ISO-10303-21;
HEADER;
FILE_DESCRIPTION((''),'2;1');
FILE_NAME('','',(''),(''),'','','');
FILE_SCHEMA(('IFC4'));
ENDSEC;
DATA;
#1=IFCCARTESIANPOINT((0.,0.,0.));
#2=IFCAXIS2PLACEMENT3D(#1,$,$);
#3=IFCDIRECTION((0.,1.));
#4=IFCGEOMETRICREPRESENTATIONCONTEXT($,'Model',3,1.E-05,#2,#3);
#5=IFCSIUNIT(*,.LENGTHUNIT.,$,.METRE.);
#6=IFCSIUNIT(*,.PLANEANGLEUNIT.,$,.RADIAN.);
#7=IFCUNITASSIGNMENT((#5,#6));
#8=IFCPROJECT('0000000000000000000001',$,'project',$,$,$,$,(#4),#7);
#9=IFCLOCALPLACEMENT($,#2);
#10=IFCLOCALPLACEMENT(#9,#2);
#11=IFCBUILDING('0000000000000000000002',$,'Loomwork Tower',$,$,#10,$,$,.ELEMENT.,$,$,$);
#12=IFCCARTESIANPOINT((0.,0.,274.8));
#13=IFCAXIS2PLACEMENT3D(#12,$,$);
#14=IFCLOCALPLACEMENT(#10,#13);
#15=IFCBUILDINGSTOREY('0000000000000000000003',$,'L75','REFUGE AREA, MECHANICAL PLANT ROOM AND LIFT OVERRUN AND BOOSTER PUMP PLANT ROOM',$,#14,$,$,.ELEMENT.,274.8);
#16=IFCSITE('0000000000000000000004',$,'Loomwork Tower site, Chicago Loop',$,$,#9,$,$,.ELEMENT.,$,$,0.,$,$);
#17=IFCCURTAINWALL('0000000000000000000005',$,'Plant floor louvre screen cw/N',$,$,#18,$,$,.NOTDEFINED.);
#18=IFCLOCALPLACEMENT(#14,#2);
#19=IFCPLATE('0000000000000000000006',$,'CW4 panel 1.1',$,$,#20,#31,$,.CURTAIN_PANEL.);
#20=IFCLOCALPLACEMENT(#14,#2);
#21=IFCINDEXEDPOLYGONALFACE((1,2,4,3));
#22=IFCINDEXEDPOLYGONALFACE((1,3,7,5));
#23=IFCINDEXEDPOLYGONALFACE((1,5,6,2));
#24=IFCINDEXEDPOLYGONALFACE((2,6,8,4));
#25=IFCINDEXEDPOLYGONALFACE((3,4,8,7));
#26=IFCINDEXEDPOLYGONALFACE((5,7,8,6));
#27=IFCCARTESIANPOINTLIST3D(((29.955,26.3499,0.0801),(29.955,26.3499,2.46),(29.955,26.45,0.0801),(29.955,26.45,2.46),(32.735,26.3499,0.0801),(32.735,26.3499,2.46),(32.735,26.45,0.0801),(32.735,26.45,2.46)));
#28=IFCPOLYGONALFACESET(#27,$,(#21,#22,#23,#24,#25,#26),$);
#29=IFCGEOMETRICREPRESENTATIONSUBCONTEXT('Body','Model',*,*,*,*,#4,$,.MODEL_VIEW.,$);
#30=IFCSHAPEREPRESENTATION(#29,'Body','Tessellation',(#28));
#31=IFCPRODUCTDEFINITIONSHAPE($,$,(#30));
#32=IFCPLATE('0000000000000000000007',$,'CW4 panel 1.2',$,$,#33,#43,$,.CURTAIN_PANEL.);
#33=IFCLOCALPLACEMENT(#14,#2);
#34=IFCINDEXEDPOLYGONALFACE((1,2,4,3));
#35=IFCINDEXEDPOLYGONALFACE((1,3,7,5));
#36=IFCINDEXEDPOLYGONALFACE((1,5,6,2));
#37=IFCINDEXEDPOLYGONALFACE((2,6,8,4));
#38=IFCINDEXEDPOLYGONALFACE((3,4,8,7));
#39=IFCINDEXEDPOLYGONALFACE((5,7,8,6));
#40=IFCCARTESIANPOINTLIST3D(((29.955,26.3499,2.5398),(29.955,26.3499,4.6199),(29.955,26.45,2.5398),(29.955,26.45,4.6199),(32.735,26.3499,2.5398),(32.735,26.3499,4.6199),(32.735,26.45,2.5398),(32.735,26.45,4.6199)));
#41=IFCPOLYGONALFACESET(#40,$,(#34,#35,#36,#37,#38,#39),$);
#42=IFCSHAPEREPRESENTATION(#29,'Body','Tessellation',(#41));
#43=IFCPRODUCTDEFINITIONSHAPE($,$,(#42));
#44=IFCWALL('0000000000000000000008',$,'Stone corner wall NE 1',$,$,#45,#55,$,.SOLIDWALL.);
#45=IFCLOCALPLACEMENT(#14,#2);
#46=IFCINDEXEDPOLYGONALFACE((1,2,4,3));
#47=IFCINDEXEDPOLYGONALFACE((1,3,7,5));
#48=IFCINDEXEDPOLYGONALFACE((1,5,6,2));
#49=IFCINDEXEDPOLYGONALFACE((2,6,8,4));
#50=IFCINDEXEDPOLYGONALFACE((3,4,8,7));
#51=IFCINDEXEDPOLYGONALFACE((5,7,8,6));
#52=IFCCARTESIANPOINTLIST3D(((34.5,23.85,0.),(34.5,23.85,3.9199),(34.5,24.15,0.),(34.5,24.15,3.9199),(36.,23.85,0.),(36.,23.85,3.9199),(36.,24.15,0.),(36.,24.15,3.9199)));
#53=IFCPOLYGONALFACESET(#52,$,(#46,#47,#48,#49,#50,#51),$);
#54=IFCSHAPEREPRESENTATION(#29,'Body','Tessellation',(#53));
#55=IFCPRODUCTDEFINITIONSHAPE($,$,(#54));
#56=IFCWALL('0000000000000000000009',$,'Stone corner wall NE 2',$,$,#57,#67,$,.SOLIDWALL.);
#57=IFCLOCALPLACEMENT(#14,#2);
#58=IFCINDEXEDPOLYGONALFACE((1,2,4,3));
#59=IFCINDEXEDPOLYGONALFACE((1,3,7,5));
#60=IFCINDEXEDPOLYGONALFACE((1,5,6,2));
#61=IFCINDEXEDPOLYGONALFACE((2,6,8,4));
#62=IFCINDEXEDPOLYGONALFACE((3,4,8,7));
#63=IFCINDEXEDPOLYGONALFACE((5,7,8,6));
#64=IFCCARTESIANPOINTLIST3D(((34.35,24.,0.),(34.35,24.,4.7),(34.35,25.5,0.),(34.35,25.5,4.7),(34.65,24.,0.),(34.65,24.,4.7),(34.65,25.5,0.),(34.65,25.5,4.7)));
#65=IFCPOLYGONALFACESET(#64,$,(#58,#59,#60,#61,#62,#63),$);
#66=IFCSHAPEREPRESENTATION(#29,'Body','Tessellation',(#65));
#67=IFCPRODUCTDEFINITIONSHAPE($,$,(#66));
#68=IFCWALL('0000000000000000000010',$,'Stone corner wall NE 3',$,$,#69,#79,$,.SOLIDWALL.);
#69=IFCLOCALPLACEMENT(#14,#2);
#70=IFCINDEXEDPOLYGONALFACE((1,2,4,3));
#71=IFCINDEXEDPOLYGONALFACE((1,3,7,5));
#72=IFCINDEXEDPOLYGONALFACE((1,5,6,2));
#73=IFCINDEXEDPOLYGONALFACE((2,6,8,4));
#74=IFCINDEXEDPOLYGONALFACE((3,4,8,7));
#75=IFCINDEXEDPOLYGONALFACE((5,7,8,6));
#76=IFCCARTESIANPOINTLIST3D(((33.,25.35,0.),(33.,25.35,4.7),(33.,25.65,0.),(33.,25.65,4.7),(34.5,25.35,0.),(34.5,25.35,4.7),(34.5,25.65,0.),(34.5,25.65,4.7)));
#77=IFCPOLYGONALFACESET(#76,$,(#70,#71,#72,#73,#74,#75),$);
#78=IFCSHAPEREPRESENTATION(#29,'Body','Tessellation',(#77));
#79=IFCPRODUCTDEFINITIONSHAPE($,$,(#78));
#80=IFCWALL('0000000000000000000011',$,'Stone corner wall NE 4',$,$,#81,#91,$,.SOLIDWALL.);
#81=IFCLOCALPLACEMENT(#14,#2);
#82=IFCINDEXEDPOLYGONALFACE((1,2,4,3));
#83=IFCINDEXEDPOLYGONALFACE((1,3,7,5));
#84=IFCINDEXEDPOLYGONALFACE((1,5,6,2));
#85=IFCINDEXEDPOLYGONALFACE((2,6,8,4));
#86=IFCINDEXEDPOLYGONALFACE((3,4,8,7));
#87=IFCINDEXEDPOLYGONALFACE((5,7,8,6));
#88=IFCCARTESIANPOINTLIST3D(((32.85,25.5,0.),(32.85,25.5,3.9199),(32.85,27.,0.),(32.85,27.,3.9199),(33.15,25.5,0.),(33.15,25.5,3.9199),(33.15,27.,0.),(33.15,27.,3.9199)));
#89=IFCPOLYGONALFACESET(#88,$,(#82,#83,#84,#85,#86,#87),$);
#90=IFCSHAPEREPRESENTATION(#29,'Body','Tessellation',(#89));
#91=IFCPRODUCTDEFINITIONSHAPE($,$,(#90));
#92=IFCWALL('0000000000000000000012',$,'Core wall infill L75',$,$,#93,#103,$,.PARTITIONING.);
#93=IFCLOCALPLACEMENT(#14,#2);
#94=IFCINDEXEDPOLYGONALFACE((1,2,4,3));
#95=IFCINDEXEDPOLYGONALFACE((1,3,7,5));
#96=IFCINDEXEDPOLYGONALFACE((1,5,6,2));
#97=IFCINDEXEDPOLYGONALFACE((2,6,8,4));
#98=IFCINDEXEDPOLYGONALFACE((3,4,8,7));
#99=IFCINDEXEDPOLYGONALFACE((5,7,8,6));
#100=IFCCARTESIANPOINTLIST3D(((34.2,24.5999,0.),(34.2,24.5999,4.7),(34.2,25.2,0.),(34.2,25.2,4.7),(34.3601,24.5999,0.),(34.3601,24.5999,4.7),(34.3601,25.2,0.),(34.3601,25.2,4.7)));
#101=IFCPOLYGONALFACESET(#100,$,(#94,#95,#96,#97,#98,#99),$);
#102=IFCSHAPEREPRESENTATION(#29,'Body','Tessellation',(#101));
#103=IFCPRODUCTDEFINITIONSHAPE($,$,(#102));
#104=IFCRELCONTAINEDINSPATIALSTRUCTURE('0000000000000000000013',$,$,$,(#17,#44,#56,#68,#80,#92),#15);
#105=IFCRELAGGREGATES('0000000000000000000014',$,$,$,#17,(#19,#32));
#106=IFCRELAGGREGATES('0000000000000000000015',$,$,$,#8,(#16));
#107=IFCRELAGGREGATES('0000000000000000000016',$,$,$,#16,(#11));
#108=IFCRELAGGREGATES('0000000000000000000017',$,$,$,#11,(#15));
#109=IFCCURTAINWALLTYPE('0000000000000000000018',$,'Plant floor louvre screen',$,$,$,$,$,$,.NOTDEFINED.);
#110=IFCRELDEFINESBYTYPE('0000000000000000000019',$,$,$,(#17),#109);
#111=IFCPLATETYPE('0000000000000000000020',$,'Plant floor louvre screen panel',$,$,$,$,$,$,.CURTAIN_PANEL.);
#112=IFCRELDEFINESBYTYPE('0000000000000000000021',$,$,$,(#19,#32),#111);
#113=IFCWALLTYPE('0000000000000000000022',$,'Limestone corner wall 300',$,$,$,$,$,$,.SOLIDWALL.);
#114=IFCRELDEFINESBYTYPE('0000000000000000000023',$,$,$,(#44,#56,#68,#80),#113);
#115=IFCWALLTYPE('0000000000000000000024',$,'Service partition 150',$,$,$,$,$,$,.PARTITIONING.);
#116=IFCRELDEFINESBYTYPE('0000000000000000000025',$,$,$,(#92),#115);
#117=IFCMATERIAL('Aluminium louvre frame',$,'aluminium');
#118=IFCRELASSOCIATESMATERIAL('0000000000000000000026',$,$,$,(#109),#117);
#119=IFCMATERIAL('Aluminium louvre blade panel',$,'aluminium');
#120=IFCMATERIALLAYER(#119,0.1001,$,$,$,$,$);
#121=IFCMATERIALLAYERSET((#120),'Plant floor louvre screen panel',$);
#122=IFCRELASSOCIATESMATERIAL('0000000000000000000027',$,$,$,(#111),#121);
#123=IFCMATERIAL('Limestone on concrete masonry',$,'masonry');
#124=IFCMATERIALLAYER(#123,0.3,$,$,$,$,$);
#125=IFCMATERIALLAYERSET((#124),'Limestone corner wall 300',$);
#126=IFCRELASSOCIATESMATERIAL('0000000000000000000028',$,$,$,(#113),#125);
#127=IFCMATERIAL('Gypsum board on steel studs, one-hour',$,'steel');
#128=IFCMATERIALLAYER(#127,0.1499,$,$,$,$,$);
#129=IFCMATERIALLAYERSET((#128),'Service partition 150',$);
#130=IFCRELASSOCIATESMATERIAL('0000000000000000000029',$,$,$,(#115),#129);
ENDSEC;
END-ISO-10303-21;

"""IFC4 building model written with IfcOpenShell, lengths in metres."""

from ifc_helpers import new_model, si_unit, direction, frame, frame_2d, origin, origin_2d, place, context, subcontext, project, spatial, rectangle, extrude, material, layer, layer_set, type_object, element, aggregate, save


model = new_model("IFC4")

# Units and contexts
model_context = context("Model", 3, precision=1e-05, world=origin(), true_north=direction((0.0, 1.0)))
body_context = subcontext(model_context, "Body", "Model", "MODEL_VIEW")
ifc_project = project(units=[si_unit("LENGTHUNIT", "METRE"), si_unit("PLANEANGLEUNIT", "RADIAN")], contexts=[model_context])

# Site, building, storey
site_placement = place(None, origin())
site = spatial("IfcSite", under=ifc_project, at=site_placement, Name="Loomwork Tower site, Chicago Loop", CompositionType="ELEMENT", RefElevation=0.0)
building_placement = place(site_placement, origin())
building = spatial("IfcBuilding", under=site, at=building_placement, Name="Loomwork Tower", CompositionType="ELEMENT")
storey_placement = place(building_placement, frame((0.0, 0.0, 274.8)))
storey = spatial("IfcBuildingStorey", under=building, at=storey_placement, Name="L75", Description="REFUGE AREA, MECHANICAL PLANT ROOM AND LIFT OVERRUN AND BOOSTER PUMP PLANT ROOM", CompositionType="ELEMENT", Elevation=274.8)

# Shared definitions
ifc_material_1 = material(Name="Aluminium louvre frame", Category="aluminium")
curtain_wall_type = type_object("IfcCurtainWallType", Name="Plant floor louvre screen", PredefinedType="NOTDEFINED", material=ifc_material_1)

# Curtain wall
curtain_wall_1_placement = place(storey_placement, origin())
curtain_wall_1 = element("IfcCurtainWall", 1, at=curtain_wall_1_placement, inside=storey, type_object=curtain_wall_type, Name="Plant floor louvre screen cw/N", PredefinedType="NOTDEFINED")

# Plates
ifc_material_2 = material(Name="Aluminium louvre blade panel", Category="aluminium")
ifc_layer_1 = layer(ifc_material_2, 0.1001)
ifc_layer_set_1 = layer_set([ifc_layer_1], Name="Plant floor louvre screen panel")
plate_type = type_object("IfcPlateType", Name="Plant floor louvre screen panel", PredefinedType="CURTAIN_PANEL", material=ifc_layer_set_1)
plate_1_placement = place(storey_placement, frame((31.345, 26.3999, 0.0801), z_axis=(0.0, 0.0, 1.0), x_axis=(-1.0, 0.0, 0.0)))
plate_1 = element("IfcPlate", 2, at=plate_1_placement, type_object=plate_type, Name="CW4 panel 1.1", PredefinedType="CURTAIN_PANEL", context=body_context, shape_type="SweptSolid", body=[
    extrude(rectangle(XDim=2.78, YDim=0.1001, at=origin_2d()), origin(), (0.0, 0.0, 1.0), 2.3799),
])
plate_2_placement = place(storey_placement, frame((31.345, 26.3999, 2.5398), z_axis=(0.0, 0.0, 1.0), x_axis=(-1.0, 0.0, 0.0)))
plate_2 = element("IfcPlate", 3, at=plate_2_placement, type_object=plate_type, Name="CW4 panel 1.2", PredefinedType="CURTAIN_PANEL", context=body_context, shape_type="SweptSolid", body=[
    extrude(rectangle(XDim=2.78, YDim=0.1001, at=origin_2d()), origin(), (0.0, 0.0, 1.0), 2.0801),
])
aggregate(curtain_wall_1, [plate_1, plate_2])

# Walls
ifc_material_3 = material(Name="Limestone on concrete masonry", Category="masonry")
ifc_layer_2 = layer(ifc_material_3, 0.3)
ifc_layer_set_2 = layer_set([ifc_layer_2], Name="Limestone corner wall 300")
wall_type_1 = type_object("IfcWallType", Name="Limestone corner wall 300", PredefinedType="SOLIDWALL", material=ifc_layer_set_2)
wall_1_placement = place(storey_placement, frame((36.0, 24.0, 0.0), z_axis=(0.0, 0.0, 1.0), x_axis=(-1.0, 0.0, 0.0)))
element("IfcWall", 4, at=wall_1_placement, inside=storey, type_object=wall_type_1, Name="Stone corner wall NE 1", PredefinedType="SOLIDWALL", context=body_context, shape_type="SweptSolid", body=[
    extrude(rectangle(XDim=1.5, YDim=0.3, at=frame_2d((0.75, 0.0))), origin(), (0.0, 0.0, 1.0), 3.9199),
])
for number, where, z_axis, x_axis, name in (
    (5, (34.5, 24.0, 0.0), (0.0, 0.0, 1.0), (0.0, 1.0, 0.0), "Stone corner wall NE 2"),
    (6, (34.5, 25.5, 0.0), (0.0, 0.0, 1.0), (-1.0, 0.0, 0.0), "Stone corner wall NE 3"),
):
    element("IfcWall", number, at=place(storey_placement, frame(where, z_axis=z_axis, x_axis=x_axis)), inside=storey, type_object=wall_type_1, Name=name, PredefinedType="SOLIDWALL", context=body_context, shape_type="SweptSolid", body=[
        extrude(rectangle(XDim=1.5, YDim=0.3, at=frame_2d((0.75, 0.0))), origin(), (0.0, 0.0, 1.0), 4.7),
    ])
wall_2_placement = place(storey_placement, frame((33.0, 25.5, 0.0), z_axis=(0.0, 0.0, 1.0), x_axis=(0.0, 1.0, 0.0)))
element("IfcWall", 7, at=wall_2_placement, inside=storey, type_object=wall_type_1, Name="Stone corner wall NE 4", PredefinedType="SOLIDWALL", context=body_context, shape_type="SweptSolid", body=[
    extrude(rectangle(XDim=1.5, YDim=0.3, at=frame_2d((0.75, 0.0))), origin(), (0.0, 0.0, 1.0), 3.9199),
])
ifc_material_4 = material(Name="Gypsum board on steel studs, one-hour", Category="steel")
ifc_layer_3 = layer(ifc_material_4, 0.1499)
ifc_layer_set_3 = layer_set([ifc_layer_3], Name="Service partition 150")
wall_type_2 = type_object("IfcWallType", Name="Service partition 150", PredefinedType="PARTITIONING", material=ifc_layer_set_3)
wall_3_placement = place(storey_placement, frame((34.2, 24.8999, 0.0), z_axis=(0.0, 0.0, 1.0), x_axis=(1.0, 0.0, 0.0)))
element("IfcWall", 8, at=wall_3_placement, inside=storey, type_object=wall_type_2, Name="Core wall infill L75", PredefinedType="PARTITIONING", context=body_context, shape_type="SweptSolid", body=[
    extrude(rectangle(XDim=0.1602, YDim=0.6001, at=frame_2d((0.0801, 0.0))), origin(), (0.0, 0.0, 1.0), 4.7),
])

save(model, "model.ifc")
